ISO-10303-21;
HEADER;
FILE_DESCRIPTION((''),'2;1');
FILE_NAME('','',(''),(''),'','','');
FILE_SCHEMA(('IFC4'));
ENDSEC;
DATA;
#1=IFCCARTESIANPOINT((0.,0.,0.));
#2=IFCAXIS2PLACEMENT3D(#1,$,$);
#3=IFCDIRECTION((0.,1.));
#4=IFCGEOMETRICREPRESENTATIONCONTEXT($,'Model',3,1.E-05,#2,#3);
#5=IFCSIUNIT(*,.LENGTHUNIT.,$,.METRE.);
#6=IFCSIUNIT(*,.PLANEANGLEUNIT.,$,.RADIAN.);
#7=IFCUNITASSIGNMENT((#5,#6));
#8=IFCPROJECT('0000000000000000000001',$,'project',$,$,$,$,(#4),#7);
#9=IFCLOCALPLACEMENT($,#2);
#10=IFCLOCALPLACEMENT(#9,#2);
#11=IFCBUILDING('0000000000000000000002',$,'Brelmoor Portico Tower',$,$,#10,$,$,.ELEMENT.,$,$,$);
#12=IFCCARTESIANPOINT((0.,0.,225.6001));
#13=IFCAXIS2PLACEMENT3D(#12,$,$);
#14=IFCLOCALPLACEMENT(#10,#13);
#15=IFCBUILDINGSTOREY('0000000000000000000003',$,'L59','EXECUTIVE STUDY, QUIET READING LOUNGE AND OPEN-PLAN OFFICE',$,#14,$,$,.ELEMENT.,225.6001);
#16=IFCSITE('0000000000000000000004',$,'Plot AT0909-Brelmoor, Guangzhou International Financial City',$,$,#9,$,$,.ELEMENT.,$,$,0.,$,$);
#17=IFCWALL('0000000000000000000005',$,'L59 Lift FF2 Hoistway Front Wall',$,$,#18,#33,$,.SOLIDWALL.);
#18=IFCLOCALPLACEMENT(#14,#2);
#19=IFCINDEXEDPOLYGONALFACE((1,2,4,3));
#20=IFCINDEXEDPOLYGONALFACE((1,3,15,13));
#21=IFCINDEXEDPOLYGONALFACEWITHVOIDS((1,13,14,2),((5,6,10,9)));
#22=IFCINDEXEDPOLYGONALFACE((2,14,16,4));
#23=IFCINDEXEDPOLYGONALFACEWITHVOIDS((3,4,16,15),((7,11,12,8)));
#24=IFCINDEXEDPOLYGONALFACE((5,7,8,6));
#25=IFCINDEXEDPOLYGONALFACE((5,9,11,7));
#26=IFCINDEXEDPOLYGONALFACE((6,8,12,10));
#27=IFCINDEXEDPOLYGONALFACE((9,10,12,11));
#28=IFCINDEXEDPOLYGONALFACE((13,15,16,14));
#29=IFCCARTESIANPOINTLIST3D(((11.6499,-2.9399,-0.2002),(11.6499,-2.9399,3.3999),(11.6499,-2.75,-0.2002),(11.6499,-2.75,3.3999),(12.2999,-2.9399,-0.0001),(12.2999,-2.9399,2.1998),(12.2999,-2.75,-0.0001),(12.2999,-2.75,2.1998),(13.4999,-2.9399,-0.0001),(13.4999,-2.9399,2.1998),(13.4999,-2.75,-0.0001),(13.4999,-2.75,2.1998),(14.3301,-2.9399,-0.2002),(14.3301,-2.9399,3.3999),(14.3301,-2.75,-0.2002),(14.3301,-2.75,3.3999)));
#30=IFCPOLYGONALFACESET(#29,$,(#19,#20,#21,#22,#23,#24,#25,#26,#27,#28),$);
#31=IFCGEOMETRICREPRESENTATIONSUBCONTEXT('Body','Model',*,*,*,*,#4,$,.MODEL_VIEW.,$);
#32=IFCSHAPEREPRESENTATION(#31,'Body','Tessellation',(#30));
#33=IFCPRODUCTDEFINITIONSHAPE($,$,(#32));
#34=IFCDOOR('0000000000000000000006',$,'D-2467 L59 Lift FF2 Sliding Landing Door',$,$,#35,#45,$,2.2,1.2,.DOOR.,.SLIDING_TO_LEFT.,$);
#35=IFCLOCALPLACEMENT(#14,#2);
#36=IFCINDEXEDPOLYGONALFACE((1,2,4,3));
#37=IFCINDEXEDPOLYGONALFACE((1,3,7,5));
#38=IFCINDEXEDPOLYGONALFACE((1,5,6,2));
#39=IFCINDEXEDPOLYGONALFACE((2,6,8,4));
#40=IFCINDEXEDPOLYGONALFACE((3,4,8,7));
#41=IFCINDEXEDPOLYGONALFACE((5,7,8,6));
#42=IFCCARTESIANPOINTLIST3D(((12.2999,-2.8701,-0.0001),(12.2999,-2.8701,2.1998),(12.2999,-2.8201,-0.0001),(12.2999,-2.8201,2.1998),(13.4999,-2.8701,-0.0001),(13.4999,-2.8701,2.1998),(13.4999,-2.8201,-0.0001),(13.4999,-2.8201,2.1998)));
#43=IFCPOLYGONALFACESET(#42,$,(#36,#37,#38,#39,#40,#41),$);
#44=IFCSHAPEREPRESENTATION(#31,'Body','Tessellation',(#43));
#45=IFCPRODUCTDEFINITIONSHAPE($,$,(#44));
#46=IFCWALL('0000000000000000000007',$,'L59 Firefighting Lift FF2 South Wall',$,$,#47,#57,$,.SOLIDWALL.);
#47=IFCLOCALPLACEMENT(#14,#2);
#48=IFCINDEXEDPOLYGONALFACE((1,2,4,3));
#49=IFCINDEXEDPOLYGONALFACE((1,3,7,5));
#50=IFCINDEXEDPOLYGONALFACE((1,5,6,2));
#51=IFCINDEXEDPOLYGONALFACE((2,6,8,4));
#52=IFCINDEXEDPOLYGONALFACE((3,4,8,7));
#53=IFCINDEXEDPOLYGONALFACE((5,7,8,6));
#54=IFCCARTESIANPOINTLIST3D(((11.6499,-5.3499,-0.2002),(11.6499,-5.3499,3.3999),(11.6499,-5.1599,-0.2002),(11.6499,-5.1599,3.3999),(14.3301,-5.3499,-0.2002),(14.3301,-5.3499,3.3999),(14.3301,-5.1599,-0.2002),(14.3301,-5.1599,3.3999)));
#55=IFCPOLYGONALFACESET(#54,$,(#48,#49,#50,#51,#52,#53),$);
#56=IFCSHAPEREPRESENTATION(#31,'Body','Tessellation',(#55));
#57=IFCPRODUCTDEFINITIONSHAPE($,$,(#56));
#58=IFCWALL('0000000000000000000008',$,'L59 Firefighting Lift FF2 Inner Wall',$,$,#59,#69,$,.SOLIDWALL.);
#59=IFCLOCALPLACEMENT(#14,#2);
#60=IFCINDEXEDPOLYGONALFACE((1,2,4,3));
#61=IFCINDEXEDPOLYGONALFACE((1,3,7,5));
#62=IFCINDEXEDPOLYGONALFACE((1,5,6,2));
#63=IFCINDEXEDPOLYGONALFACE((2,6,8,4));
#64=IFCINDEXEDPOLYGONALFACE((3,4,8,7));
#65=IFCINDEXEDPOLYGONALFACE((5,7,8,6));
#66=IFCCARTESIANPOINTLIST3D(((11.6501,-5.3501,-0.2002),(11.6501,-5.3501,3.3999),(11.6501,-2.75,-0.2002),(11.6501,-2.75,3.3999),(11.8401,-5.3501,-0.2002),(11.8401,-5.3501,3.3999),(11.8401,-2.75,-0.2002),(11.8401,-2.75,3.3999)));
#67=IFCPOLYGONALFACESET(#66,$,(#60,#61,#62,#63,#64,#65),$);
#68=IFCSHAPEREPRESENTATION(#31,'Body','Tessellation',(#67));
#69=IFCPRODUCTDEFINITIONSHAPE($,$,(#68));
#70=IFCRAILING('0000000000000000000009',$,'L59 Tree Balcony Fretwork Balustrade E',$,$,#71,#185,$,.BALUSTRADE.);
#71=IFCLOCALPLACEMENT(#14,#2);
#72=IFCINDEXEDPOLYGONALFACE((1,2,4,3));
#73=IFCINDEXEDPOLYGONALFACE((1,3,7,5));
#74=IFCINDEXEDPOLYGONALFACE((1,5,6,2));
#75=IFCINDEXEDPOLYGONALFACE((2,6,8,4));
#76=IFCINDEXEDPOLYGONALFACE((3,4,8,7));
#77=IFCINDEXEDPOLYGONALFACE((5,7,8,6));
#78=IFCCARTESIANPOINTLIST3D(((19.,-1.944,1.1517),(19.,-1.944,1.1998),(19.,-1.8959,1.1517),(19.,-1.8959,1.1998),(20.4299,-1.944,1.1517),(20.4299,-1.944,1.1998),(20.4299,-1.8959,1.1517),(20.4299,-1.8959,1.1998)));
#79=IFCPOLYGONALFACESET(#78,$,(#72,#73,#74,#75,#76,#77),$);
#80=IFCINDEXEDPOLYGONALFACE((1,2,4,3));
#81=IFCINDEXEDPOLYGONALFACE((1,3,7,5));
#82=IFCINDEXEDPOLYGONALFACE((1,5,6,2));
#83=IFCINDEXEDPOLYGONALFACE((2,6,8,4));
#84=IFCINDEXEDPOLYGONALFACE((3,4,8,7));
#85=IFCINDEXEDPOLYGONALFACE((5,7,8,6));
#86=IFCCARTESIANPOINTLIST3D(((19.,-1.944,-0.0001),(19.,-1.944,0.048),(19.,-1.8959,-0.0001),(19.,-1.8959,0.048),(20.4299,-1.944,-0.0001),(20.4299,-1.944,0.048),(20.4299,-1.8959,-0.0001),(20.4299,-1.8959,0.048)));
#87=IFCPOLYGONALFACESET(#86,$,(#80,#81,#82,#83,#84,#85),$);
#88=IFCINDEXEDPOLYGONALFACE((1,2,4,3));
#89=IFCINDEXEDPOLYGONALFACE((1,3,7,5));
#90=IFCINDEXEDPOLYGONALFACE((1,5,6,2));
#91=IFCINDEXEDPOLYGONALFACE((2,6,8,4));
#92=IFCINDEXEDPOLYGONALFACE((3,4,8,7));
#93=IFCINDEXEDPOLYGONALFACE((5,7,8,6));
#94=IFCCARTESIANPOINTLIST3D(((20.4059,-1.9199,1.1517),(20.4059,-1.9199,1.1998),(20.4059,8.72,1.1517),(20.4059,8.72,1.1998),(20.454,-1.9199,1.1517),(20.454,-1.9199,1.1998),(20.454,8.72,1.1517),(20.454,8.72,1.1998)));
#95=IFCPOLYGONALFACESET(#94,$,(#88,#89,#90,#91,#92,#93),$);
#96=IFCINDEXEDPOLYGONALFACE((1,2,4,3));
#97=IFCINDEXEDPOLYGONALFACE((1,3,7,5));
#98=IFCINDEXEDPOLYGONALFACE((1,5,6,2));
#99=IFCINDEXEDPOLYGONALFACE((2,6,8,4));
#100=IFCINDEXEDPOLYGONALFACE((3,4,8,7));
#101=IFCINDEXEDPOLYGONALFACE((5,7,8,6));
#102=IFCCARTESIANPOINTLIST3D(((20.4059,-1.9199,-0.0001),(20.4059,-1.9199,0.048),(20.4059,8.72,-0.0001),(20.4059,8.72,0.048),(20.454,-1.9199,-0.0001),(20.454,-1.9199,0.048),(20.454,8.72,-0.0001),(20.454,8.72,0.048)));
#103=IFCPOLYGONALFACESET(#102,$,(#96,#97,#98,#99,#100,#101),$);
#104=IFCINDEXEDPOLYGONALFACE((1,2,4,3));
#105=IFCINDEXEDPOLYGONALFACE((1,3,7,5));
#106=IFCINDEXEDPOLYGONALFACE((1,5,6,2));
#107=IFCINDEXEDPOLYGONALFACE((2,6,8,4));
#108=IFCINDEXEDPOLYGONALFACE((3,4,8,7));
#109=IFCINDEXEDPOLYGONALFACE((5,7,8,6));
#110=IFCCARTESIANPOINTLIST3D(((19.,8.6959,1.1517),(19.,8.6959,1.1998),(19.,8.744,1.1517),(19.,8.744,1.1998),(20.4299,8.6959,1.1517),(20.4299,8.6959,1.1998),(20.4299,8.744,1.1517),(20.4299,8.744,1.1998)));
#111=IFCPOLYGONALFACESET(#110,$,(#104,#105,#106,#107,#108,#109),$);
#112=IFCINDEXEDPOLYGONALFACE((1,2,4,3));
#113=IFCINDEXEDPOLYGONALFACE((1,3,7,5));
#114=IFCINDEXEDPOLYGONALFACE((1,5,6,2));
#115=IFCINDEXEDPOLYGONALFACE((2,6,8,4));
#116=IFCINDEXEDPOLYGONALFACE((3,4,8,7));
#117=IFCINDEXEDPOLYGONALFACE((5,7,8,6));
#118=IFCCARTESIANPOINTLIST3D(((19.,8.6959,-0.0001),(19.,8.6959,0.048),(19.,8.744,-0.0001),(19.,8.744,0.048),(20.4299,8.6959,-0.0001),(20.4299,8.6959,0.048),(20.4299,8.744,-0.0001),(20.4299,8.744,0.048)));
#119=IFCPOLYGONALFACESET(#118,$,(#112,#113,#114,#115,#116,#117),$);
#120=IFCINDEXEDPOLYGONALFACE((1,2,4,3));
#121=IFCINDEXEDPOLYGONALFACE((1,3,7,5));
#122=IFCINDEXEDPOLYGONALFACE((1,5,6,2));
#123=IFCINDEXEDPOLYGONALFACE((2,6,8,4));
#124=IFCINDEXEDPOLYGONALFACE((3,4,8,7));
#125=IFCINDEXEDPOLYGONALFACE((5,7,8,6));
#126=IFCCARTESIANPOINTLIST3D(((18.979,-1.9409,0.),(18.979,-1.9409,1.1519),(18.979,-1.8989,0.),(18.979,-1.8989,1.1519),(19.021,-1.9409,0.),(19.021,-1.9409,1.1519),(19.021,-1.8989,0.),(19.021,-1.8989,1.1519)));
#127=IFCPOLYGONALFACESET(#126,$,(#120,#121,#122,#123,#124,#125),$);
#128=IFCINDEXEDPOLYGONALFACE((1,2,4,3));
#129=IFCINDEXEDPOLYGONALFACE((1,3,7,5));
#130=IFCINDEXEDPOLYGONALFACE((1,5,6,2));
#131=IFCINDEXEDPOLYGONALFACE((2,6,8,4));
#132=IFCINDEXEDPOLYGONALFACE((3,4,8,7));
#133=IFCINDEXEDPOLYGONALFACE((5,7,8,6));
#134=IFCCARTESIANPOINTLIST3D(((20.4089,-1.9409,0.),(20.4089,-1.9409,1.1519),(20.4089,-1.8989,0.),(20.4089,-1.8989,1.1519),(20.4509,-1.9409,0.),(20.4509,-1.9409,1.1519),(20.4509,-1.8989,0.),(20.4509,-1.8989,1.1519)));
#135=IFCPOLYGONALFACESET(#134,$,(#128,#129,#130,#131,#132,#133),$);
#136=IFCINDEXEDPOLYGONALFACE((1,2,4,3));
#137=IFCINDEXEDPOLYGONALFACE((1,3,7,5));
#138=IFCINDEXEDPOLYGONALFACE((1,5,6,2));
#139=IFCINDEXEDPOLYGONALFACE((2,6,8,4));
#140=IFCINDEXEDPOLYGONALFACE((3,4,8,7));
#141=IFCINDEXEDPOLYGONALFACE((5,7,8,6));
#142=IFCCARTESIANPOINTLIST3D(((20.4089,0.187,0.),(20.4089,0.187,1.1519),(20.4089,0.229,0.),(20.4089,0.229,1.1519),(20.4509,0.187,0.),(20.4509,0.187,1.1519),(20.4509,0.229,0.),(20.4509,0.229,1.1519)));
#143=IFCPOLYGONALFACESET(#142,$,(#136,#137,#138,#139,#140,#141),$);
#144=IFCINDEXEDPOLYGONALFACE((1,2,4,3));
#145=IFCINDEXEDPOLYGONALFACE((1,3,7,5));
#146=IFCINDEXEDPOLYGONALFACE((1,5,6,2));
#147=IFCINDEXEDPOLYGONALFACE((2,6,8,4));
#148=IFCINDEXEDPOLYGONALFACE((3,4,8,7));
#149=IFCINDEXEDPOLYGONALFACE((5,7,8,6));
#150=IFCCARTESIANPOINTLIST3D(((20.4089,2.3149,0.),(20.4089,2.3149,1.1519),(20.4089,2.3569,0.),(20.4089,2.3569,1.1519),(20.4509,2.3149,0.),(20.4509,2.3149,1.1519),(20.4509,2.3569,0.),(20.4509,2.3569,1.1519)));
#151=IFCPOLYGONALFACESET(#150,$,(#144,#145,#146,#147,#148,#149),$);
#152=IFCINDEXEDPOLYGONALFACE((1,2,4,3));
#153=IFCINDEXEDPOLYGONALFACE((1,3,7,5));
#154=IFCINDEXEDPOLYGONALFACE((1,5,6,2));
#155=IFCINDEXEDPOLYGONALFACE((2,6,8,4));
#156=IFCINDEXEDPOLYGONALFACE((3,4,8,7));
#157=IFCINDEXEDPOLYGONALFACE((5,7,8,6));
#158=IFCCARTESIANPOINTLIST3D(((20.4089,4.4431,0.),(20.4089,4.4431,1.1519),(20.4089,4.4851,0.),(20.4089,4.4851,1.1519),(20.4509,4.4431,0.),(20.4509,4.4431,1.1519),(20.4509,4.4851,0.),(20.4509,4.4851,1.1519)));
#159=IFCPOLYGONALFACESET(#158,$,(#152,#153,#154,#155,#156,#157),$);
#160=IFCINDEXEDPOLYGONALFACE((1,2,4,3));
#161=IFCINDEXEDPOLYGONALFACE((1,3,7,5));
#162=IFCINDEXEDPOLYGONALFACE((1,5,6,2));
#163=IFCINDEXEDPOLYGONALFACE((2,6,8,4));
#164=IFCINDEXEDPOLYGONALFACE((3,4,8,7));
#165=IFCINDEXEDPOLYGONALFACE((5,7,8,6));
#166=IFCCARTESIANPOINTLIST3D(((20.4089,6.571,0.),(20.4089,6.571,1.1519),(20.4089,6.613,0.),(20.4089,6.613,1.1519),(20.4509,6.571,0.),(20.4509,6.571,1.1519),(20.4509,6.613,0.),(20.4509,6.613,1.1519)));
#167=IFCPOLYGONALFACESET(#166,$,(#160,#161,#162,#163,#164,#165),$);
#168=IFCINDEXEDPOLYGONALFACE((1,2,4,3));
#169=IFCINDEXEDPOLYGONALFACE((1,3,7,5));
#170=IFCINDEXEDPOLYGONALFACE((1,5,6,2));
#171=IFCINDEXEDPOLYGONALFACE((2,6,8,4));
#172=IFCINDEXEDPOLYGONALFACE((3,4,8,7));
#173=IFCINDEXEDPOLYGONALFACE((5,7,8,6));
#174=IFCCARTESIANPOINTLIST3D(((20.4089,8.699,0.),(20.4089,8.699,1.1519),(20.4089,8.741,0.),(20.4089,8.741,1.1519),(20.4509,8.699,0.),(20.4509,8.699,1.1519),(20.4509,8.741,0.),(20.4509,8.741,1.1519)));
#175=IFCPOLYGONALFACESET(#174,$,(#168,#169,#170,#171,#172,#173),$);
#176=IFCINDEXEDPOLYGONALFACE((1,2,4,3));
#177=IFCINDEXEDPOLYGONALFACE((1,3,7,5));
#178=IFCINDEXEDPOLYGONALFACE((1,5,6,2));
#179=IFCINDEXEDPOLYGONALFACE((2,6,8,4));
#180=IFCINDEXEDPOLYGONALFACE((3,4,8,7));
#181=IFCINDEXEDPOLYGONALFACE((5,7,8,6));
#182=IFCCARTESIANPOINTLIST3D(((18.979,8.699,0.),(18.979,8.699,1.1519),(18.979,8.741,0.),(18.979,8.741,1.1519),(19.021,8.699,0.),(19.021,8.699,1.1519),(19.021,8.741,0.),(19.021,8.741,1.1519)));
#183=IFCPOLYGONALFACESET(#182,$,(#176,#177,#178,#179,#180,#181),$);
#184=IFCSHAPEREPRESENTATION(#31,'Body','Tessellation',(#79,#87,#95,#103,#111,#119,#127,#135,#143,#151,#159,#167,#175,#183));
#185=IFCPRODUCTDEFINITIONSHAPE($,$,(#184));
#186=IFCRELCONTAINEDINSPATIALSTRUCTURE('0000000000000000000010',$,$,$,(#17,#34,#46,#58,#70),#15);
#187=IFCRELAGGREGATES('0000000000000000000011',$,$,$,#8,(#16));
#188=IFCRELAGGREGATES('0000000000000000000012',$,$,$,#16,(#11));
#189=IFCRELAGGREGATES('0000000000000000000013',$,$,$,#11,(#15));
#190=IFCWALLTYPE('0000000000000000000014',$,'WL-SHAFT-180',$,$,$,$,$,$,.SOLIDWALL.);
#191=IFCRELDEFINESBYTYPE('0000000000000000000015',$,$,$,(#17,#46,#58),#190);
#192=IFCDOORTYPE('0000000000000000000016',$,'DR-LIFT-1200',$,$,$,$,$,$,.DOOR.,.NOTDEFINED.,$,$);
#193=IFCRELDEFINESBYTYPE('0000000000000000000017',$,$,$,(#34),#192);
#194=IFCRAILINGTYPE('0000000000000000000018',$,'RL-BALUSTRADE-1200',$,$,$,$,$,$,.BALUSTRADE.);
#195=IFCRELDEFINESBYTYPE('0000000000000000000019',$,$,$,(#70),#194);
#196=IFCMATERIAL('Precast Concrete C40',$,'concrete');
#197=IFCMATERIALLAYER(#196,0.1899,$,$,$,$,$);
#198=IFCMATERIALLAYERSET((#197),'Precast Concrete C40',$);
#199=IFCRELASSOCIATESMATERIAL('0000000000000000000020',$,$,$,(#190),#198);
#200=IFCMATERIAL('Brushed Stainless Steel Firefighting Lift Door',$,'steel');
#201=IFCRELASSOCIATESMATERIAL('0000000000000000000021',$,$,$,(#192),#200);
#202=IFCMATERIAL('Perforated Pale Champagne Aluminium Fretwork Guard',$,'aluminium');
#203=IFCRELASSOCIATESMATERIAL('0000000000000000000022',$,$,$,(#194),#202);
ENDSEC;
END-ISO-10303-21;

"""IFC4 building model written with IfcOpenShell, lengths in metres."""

from ifc_helpers import new_model, si_unit, direction, frame, frame_2d, origin, origin_2d, place, context, subcontext, project, spatial, rectangle, extrude, material, layer, layer_set, type_object, element, fill, save


model = new_model("IFC4")

# Units and contexts
model_context = context("Model", 3, precision=1e-05, world=origin(), true_north=direction((0.0, 1.0)))
body_context = subcontext(model_context, "Body", "Model", "MODEL_VIEW")
ifc_project = project(units=[si_unit("LENGTHUNIT", "METRE"), si_unit("PLANEANGLEUNIT", "RADIAN")], contexts=[model_context])

# Site, building, storey
site_placement = place(None, origin())
site = spatial("IfcSite", under=ifc_project, at=site_placement, Name="Plot AT0909-Brelmoor, Guangzhou International Financial City", CompositionType="ELEMENT", RefElevation=0.0)
building_placement = place(site_placement, origin())
building = spatial("IfcBuilding", under=site, at=building_placement, Name="Brelmoor Portico Tower", CompositionType="ELEMENT")
storey_placement = place(building_placement, frame((0.0, 0.0, 225.6001)))
storey = spatial("IfcBuildingStorey", under=building, at=storey_placement, Name="L59", Description="EXECUTIVE STUDY, QUIET READING LOUNGE AND OPEN-PLAN OFFICE", CompositionType="ELEMENT", Elevation=225.6001)

# Wall, opening, door
ifc_material_1 = material(Name="Precast Concrete C40", Category="concrete")
ifc_layer_1 = layer(ifc_material_1, 0.1899)
ifc_layer_set_1 = layer_set([ifc_layer_1], Name="Precast Concrete C40")
wall_type_1 = type_object("IfcWallType", Name="WL-SHAFT-180", PredefinedType="SOLIDWALL", material=ifc_layer_set_1)
wall_1_placement = place(storey_placement, frame((11.6499, -2.845, -0.2002), z_axis=(0.0, 0.0, 1.0), x_axis=(1.0, 0.0, 0.0)))
wall_1 = element("IfcWall", 1, at=wall_1_placement, inside=storey, type_object=wall_type_1, Name="L59 Lift FF2 Hoistway Front Wall", PredefinedType="SOLIDWALL", context=body_context, shape_type="SweptSolid", body=[
    extrude(rectangle(XDim=2.6802, YDim=0.1899, at=frame_2d((1.3401, 0.0))), origin(), (0.0, 0.0, 1.0), 3.6001),
])
opening_1_placement = place(wall_1_placement, frame((0.6499, 0.0, 0.2)))
opening_1 = element("IfcOpeningElement", 2, at=opening_1_placement, cuts=wall_1, PredefinedType="OPENING", context=body_context, shape_type="SweptSolid", body=[
    extrude(rectangle(XDim=1.2, YDim=2.2, at=frame_2d((0.6001, 1.1001))), frame((0.0, 0.105, 0.0), z_axis=(0.0, -1.0, 0.0), x_axis=(1.0, 0.0, 0.0)), (0.0, 0.0, 1.0), 0.21),
])
ifc_material_2 = material(Name="Brushed Stainless Steel Firefighting Lift Door", Category="steel")
door_type_1 = type_object("IfcDoorType", Name="DR-LIFT-1200", OperationType="NOTDEFINED", PredefinedType="DOOR", material=ifc_material_2)
door_1_placement = place(opening_1_placement, origin())
door_1 = element("IfcDoor", 3, at=door_1_placement, inside=storey, type_object=door_type_1, Name="D-2467 L59 Lift FF2 Sliding Landing Door", OperationType="SLIDING_TO_LEFT", OverallHeight=2.2, OverallWidth=1.2, PredefinedType="DOOR", context=body_context, shape_type="SweptSolid", body=[
    extrude(rectangle(XDim=1.2, YDim=2.2, at=frame_2d((0.6001, 1.1001))), frame((0.0, 0.0249, 0.0), z_axis=(0.0, -1.0, 0.0), x_axis=(1.0, 0.0, 0.0)), (0.0, 0.0, 1.0), 0.05),
])
fill(opening_1, door_1)

# Walls
wall_2_placement = place(storey_placement, frame((11.6499, -5.2549, -0.2002), z_axis=(0.0, 0.0, 1.0), x_axis=(1.0, 0.0, 0.0)))
element("IfcWall", 4, at=wall_2_placement, inside=storey, type_object=wall_type_1, Name="L59 Firefighting Lift FF2 South Wall", PredefinedType="SOLIDWALL", context=body_context, shape_type="SweptSolid", body=[
    extrude(rectangle(XDim=2.6802, YDim=0.1899, at=frame_2d((1.3401, 0.0))), origin(), (0.0, 0.0, 1.0), 3.6001),
])
wall_3_placement = place(storey_placement, frame((11.7451, -5.3501, -0.2002), z_axis=(0.0, 0.0, 1.0), x_axis=(0.0, 1.0, 0.0)))
element("IfcWall", 5, at=wall_3_placement, inside=storey, type_object=wall_type_1, Name="L59 Firefighting Lift FF2 Inner Wall", PredefinedType="SOLIDWALL", context=body_context, shape_type="SweptSolid", body=[
    extrude(rectangle(XDim=2.6001, YDim=0.1899, at=frame_2d((1.3, 0.0))), origin(), (0.0, 0.0, 1.0), 3.6001),
])

# Railing
ifc_material_3 = material(Name="Perforated Pale Champagne Aluminium Fretwork Guard", Category="aluminium")
railing_type = type_object("IfcRailingType", Name="RL-BALUSTRADE-1200", PredefinedType="BALUSTRADE", material=ifc_material_3)
railing_placement = place(storey_placement, frame((19.0, -1.9199, 0.0)))
element("IfcRailing", 6, at=railing_placement, inside=storey, type_object=railing_type, Name="L59 Tree Balcony Fretwork Balustrade E", PredefinedType="BALUSTRADE", context=body_context, shape_type="SweptSolid", body=[
    extrude(rectangle(XDim=0.0481, YDim=0.0481, at=origin_2d()), frame((0.0, 0.0, 1.1758), z_axis=(1.0, 0.0, 0.0), x_axis=(0.0, 1.0, 0.0)), (0.0, 0.0, 1.0), 1.4299),
    extrude(rectangle(XDim=0.0481, YDim=0.0481, at=origin_2d()), frame((0.0, 0.0, 0.0239), z_axis=(1.0, 0.0, 0.0), x_axis=(0.0, 1.0, 0.0)), (0.0, 0.0, 1.0), 1.4299),
    extrude(rectangle(XDim=0.0481, YDim=0.0481, at=origin_2d()), frame((1.4299, 0.0, 1.1758), z_axis=(0.0, 1.0, 0.0), x_axis=(-1.0, 0.0, 0.0)), (0.0, 0.0, 1.0), 10.6399),
    extrude(rectangle(XDim=0.0481, YDim=0.0481, at=origin_2d()), frame((1.4299, 0.0, 0.0239), z_axis=(0.0, 1.0, 0.0), x_axis=(-1.0, 0.0, 0.0)), (0.0, 0.0, 1.0), 10.6399),
    extrude(rectangle(XDim=0.0481, YDim=0.0481, at=origin_2d()), frame((1.4299, 10.6399, 1.1758), z_axis=(-1.0, 0.0, 0.0), x_axis=(0.0, -1.0, 0.0)), (0.0, 0.0, 1.0), 1.4299),
    extrude(rectangle(XDim=0.0481, YDim=0.0481, at=origin_2d()), frame((1.4299, 10.6399, 0.0239), z_axis=(-1.0, 0.0, 0.0), x_axis=(0.0, -1.0, 0.0)), (0.0, 0.0, 1.0), 1.4299),
    extrude(rectangle(XDim=0.042, YDim=0.042, at=origin_2d()), origin(), (0.0, 0.0, 1.0), 1.1519),
    extrude(rectangle(XDim=0.042, YDim=0.042, at=origin_2d()), frame((1.4299, 0.0, 0.0)), (0.0, 0.0, 1.0), 1.1519),
    extrude(rectangle(XDim=0.042, YDim=0.042, at=origin_2d()), frame((1.4299, 2.1279, 0.0)), (0.0, 0.0, 1.0), 1.1519),
    extrude(rectangle(XDim=0.042, YDim=0.042, at=origin_2d()), frame((1.4299, 4.2559, 0.0)), (0.0, 0.0, 1.0), 1.1519),
    extrude(rectangle(XDim=0.042, YDim=0.042, at=origin_2d()), frame((1.4299, 6.384, 0.0)), (0.0, 0.0, 1.0), 1.1519),
    extrude(rectangle(XDim=0.042, YDim=0.042, at=origin_2d()), frame((1.4299, 8.512, 0.0)), (0.0, 0.0, 1.0), 1.1519),
    extrude(rectangle(XDim=0.042, YDim=0.042, at=origin_2d()), frame((1.4299, 10.6399, 0.0)), (0.0, 0.0, 1.0), 1.1519),
    extrude(rectangle(XDim=0.042, YDim=0.042, at=origin_2d()), frame((0.0, 10.6399, 0.0)), (0.0, 0.0, 1.0), 1.1519),
])

save(model, "model.ifc")
